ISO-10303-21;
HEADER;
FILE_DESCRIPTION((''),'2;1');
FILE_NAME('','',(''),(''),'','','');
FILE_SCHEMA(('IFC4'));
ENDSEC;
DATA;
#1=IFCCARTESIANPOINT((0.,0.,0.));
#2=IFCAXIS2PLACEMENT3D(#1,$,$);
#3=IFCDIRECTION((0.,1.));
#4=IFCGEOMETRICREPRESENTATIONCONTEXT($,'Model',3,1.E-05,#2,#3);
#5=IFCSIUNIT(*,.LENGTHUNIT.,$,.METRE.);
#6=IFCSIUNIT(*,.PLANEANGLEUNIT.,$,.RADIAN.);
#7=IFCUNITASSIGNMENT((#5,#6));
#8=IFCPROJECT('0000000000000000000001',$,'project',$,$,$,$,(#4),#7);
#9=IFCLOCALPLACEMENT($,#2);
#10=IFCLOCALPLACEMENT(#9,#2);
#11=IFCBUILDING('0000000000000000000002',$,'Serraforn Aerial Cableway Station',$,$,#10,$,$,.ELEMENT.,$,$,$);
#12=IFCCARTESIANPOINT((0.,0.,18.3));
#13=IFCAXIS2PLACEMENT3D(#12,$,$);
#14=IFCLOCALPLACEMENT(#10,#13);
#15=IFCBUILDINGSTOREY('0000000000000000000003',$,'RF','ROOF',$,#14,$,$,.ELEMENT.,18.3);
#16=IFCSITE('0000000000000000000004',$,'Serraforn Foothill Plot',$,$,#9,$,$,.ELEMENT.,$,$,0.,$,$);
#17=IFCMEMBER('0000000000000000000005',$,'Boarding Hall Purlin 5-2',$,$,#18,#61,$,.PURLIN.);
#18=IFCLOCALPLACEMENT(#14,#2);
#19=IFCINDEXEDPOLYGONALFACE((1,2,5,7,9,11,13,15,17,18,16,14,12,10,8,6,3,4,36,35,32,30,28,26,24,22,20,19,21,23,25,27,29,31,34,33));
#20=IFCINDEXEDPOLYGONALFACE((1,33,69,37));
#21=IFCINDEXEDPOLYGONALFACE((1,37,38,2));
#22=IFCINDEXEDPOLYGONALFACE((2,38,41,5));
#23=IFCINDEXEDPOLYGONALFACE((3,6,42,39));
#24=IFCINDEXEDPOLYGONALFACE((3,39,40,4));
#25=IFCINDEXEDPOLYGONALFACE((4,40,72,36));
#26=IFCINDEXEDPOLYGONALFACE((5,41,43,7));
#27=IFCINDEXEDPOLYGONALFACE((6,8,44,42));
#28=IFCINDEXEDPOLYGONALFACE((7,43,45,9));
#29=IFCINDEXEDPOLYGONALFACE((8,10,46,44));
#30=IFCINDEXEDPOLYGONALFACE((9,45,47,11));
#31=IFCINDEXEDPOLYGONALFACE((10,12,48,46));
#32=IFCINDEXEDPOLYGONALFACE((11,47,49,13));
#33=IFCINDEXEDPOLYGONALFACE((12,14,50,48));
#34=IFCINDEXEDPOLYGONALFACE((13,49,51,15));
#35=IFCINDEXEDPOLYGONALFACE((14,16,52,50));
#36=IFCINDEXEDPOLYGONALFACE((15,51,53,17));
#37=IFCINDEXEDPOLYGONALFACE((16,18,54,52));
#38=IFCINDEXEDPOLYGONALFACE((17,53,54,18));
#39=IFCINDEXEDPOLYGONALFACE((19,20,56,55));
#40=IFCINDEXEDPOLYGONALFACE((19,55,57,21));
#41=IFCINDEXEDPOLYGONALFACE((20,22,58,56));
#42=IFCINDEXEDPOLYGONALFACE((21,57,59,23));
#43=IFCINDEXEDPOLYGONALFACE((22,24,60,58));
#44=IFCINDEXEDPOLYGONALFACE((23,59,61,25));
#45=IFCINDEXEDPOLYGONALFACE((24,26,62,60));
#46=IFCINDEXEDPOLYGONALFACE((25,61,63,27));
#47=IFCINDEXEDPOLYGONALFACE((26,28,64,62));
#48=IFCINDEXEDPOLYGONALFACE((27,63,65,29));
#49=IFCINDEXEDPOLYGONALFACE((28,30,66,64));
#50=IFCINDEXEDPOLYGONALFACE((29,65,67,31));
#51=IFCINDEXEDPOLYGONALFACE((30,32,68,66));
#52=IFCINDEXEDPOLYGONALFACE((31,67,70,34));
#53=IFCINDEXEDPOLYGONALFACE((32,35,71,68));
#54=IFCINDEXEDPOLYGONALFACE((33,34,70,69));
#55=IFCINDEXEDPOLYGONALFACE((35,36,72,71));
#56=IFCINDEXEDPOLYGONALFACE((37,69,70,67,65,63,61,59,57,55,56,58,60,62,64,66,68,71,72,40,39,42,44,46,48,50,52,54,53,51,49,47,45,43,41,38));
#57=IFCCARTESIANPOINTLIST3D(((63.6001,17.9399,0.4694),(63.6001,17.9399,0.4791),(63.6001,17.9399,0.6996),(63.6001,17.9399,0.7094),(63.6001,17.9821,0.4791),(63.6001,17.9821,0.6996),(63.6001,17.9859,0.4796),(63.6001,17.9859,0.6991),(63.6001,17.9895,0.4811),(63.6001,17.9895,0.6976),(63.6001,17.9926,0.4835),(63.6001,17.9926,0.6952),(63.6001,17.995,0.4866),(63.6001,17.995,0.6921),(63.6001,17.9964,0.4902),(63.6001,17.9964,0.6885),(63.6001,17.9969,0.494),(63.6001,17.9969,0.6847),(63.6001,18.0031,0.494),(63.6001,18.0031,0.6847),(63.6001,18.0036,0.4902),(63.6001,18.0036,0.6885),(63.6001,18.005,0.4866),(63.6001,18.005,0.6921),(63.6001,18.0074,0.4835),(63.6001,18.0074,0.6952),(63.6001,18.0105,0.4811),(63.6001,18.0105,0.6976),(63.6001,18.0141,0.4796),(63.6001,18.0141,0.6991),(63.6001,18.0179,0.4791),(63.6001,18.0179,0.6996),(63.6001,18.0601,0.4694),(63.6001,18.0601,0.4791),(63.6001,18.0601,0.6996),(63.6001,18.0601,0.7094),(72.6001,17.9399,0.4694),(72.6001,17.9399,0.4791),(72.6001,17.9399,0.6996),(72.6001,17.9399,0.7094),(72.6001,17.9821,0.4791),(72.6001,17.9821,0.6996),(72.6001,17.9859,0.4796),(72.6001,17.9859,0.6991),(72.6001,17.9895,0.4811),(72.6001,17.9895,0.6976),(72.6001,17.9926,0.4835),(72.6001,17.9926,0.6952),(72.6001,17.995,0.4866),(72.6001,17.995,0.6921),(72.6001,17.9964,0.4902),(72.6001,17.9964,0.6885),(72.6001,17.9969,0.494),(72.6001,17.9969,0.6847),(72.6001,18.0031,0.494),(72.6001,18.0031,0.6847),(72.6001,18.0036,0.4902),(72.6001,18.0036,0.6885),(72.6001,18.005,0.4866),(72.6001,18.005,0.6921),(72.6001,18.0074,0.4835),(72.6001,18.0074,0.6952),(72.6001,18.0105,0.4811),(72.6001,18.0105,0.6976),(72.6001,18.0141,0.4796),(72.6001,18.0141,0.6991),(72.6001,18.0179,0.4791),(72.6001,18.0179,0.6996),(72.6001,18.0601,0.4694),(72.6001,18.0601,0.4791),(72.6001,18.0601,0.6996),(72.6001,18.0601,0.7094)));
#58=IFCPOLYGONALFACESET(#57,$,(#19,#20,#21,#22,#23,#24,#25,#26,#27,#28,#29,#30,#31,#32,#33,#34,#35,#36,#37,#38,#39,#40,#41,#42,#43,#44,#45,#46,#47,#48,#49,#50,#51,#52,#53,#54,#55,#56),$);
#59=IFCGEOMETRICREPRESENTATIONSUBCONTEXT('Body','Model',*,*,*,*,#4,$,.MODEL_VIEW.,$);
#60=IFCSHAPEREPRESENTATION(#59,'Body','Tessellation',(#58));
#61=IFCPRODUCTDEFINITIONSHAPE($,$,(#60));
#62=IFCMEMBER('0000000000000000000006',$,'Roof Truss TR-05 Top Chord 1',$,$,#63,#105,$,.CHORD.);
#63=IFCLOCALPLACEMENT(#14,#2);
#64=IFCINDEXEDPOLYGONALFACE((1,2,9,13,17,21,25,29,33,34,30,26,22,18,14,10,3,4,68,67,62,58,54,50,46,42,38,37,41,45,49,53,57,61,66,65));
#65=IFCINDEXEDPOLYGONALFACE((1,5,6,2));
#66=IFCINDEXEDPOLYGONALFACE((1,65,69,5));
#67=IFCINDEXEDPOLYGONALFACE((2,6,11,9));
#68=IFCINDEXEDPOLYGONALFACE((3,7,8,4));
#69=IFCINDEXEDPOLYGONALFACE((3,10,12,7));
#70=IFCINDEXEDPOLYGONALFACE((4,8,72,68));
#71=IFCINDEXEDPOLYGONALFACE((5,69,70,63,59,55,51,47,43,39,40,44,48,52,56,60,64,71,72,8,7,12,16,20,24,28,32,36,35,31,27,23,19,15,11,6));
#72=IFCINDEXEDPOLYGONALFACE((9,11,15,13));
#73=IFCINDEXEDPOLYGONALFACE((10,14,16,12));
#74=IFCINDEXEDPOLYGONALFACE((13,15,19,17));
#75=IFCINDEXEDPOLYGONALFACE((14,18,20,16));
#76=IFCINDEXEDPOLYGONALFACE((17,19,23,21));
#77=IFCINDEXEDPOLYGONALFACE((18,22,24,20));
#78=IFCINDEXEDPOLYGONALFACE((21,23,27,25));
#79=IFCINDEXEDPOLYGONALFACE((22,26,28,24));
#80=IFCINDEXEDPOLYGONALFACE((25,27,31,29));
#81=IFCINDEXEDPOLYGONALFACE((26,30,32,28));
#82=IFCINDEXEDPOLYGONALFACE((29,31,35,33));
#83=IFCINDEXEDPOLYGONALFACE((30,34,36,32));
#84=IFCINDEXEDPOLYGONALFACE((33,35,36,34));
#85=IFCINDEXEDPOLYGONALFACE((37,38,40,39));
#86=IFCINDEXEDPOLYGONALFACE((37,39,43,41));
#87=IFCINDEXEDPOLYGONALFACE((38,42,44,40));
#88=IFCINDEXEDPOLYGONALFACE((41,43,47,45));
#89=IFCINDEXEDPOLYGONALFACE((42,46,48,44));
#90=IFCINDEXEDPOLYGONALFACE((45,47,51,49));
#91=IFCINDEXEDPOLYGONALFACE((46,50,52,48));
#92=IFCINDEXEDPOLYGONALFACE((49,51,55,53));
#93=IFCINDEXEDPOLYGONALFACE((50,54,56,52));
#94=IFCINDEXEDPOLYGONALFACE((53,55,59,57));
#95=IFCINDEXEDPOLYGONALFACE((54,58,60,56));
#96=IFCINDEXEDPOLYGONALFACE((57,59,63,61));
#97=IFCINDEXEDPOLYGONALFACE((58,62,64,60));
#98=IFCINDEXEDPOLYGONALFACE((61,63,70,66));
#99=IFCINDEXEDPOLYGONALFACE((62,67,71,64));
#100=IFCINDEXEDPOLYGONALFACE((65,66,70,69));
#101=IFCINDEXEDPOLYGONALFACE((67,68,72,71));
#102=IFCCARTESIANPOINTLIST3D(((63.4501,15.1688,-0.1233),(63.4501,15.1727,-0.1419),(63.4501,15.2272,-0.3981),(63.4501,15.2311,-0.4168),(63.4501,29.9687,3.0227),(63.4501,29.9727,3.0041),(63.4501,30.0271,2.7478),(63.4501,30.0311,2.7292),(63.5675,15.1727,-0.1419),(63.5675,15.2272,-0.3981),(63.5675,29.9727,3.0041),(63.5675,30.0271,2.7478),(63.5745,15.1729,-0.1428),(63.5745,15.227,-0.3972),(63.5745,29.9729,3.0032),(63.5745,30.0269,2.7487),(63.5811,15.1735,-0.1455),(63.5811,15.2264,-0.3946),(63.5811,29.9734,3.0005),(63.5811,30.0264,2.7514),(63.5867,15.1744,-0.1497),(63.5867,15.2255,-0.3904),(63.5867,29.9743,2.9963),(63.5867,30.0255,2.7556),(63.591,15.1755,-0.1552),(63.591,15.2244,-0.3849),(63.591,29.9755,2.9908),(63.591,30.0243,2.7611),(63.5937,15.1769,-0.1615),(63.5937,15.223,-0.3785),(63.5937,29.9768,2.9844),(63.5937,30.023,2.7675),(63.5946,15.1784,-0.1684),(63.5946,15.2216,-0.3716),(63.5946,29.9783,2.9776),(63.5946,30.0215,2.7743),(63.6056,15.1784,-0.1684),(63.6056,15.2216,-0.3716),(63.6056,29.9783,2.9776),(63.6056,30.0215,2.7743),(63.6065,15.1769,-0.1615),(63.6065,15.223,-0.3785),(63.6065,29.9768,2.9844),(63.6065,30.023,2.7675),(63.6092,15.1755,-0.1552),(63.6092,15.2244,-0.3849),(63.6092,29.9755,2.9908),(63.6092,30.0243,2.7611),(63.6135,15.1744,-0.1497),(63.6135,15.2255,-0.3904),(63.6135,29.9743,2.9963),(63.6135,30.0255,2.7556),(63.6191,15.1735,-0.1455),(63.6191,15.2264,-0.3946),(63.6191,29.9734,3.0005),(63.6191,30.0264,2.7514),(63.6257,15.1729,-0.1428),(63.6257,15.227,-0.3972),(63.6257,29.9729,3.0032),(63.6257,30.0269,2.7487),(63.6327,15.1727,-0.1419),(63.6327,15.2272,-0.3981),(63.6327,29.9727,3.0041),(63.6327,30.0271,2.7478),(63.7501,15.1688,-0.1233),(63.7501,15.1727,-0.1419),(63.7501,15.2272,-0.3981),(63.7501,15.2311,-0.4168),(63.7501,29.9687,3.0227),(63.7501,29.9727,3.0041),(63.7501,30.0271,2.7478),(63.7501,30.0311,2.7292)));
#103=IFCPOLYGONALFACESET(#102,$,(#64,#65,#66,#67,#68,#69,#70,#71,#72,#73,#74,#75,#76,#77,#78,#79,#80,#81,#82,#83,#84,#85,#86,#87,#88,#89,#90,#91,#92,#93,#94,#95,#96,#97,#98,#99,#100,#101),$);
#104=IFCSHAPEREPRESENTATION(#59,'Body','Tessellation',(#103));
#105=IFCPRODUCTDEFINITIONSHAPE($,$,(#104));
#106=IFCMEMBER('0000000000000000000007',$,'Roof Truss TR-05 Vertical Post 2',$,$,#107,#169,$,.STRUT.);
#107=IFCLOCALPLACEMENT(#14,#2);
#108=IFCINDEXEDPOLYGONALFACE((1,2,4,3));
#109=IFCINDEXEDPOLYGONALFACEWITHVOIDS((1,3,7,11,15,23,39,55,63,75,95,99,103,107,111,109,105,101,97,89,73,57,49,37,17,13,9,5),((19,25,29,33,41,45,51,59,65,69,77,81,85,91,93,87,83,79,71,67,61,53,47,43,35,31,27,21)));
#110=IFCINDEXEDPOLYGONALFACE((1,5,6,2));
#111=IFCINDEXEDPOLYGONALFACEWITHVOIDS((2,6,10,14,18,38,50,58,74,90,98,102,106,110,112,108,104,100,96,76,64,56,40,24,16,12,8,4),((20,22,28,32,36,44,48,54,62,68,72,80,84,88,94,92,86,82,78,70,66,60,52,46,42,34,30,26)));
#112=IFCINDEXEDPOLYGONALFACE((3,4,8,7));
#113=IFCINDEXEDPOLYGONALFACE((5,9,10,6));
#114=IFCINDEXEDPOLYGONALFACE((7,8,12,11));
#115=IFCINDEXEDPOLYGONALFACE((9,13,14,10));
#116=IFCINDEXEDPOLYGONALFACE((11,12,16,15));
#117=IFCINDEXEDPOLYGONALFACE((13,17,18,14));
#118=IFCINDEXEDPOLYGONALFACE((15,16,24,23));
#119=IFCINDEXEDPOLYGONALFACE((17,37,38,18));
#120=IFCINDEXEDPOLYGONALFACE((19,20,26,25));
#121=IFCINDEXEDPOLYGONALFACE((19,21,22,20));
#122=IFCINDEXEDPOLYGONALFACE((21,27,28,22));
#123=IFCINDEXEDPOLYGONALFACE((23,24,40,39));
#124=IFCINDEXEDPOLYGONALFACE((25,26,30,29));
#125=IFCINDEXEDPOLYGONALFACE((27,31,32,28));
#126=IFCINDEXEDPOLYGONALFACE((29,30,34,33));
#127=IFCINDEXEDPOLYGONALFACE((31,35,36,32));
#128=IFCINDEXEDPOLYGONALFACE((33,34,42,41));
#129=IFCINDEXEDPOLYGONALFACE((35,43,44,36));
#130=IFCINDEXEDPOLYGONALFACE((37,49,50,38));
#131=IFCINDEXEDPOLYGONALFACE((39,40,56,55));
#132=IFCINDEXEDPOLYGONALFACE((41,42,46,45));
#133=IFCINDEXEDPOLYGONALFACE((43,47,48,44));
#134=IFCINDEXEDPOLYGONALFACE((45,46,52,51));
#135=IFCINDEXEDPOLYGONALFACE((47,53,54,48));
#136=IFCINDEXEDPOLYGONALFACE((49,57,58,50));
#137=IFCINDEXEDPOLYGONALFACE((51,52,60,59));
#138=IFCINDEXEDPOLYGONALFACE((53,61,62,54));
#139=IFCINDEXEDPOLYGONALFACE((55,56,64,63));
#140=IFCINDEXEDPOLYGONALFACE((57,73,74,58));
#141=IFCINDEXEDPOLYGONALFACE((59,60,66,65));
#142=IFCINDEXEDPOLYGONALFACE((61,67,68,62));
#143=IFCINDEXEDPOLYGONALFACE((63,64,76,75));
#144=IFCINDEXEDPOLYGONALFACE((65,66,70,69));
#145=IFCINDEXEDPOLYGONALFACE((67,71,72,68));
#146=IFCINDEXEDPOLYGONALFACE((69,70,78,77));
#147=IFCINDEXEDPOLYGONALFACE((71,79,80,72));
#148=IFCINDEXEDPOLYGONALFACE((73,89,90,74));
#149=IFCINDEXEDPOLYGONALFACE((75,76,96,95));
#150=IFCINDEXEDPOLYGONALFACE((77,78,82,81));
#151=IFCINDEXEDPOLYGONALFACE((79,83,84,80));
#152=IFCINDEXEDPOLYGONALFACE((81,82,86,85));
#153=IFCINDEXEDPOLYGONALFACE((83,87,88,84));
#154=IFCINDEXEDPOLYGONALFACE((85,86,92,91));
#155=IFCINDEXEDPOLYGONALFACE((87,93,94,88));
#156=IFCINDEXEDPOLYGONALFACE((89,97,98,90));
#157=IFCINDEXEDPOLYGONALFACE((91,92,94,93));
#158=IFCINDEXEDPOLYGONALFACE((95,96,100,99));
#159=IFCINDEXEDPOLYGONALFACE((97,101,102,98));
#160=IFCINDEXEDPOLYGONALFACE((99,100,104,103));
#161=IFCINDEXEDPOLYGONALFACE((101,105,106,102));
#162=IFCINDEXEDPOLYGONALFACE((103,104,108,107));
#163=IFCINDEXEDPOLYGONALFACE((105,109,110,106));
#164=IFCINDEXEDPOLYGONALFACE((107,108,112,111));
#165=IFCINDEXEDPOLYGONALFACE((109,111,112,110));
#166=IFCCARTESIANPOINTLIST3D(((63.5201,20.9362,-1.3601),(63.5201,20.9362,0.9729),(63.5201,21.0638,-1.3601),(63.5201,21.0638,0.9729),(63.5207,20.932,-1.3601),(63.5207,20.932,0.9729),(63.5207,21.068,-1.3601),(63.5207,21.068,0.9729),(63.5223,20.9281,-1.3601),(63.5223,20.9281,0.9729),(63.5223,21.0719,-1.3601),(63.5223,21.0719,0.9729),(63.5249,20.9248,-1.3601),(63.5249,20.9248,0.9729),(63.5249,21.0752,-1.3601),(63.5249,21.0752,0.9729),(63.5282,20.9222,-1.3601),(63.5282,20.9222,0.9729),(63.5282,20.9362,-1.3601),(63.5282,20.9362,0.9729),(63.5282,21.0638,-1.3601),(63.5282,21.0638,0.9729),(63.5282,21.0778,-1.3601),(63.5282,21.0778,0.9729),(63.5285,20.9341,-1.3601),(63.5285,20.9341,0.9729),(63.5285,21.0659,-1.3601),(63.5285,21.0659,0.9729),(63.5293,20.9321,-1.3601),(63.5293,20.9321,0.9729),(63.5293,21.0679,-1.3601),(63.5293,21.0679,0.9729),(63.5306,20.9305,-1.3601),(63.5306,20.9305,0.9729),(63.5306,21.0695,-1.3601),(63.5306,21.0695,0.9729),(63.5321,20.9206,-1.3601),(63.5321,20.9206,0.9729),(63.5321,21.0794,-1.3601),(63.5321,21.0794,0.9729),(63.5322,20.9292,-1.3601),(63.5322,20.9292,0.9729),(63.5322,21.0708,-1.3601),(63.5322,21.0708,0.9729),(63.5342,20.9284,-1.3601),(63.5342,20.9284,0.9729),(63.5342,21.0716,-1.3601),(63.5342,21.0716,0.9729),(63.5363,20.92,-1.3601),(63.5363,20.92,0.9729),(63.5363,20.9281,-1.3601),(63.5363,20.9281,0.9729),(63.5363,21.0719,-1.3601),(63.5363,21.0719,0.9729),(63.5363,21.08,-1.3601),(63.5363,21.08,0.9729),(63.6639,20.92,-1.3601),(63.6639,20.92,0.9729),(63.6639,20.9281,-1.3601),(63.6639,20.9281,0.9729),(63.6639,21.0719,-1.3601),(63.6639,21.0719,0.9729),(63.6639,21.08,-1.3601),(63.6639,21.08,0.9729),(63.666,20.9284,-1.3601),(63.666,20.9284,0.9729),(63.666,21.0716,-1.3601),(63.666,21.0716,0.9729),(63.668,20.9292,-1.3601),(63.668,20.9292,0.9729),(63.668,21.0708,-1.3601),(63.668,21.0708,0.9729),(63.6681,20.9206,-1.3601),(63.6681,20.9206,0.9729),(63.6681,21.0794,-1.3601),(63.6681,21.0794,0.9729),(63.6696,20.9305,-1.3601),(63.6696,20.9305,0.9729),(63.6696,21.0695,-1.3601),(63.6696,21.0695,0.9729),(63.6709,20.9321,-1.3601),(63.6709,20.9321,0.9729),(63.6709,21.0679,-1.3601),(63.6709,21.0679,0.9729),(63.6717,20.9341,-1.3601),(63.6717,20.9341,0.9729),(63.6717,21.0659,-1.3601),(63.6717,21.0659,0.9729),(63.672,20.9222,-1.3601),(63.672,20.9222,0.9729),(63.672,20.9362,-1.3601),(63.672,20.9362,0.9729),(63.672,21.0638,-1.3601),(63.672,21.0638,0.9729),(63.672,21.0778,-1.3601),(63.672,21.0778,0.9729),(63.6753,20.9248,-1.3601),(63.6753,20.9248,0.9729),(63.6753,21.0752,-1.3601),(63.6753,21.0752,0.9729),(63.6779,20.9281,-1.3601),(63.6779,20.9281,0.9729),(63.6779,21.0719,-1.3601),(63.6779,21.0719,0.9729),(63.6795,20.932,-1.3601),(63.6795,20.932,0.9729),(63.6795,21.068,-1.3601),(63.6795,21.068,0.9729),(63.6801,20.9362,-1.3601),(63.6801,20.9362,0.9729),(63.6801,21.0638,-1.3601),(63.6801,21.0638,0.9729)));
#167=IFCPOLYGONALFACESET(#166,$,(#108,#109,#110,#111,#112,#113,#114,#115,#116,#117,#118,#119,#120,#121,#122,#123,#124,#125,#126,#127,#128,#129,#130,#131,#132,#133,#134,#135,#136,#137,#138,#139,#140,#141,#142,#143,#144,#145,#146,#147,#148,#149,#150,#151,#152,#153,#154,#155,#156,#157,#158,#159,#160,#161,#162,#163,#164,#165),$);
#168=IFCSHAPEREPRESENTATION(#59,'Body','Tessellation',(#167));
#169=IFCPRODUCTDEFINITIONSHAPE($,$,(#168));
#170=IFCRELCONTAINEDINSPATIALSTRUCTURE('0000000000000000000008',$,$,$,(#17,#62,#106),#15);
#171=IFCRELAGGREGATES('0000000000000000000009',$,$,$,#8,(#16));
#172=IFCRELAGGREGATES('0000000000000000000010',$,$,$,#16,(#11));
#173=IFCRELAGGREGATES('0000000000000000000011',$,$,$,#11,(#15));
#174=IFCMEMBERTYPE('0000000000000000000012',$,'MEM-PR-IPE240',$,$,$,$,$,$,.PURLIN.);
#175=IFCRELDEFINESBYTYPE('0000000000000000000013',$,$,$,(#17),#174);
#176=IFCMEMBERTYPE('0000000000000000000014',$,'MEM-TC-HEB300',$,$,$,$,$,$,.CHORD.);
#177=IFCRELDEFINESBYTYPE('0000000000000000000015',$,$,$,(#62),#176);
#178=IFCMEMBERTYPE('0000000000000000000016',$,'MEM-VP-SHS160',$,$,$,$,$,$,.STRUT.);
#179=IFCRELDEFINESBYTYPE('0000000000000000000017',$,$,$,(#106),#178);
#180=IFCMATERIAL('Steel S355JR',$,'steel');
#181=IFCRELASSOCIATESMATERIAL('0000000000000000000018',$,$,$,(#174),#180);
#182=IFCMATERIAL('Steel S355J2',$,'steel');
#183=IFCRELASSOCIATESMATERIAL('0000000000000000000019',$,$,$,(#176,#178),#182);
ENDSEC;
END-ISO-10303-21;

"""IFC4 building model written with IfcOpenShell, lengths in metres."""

from ifc_helpers import new_model, si_unit, direction, frame, origin, origin_2d, place, context, subcontext, project, spatial, hollow_rectangle, i_section, extrude, material, material_profile, profile_set, type_object, element, save


model = new_model("IFC4")

# Units and contexts
model_context = context("Model", 3, precision=1e-05, world=origin(), true_north=direction((0.0, 1.0)))
body_context = subcontext(model_context, "Body", "Model", "MODEL_VIEW")
ifc_project = project(units=[si_unit("LENGTHUNIT", "METRE"), si_unit("PLANEANGLEUNIT", "RADIAN")], contexts=[model_context])

# Site, building, storey
site_placement = place(None, origin())
site = spatial("IfcSite", under=ifc_project, at=site_placement, Name="Serraforn Foothill Plot", CompositionType="ELEMENT", RefElevation=0.0)
building_placement = place(site_placement, origin())
building = spatial("IfcBuilding", under=site, at=building_placement, Name="Serraforn Aerial Cableway Station", CompositionType="ELEMENT")
storey_placement = place(building_placement, frame((0.0, 0.0, 18.3)))
storey = spatial("IfcBuildingStorey", under=building, at=storey_placement, Name="RF", Description="ROOF", CompositionType="ELEMENT", Elevation=18.3)

# Shared definitions
ifc_material_1 = material(Name="Steel S355J2", Category="steel")

# Members
ifc_material_2 = material(Name="Steel S355JR", Category="steel")
ifc_material_profile_1 = material_profile(ifc_material_2, i_section(OverallWidth=0.1201, OverallDepth=0.24, WebThickness=0.0061, FlangeThickness=0.0098, FilletRadius=0.0149, at=origin_2d()), Name="IPE 240")
ifc_profile_set_1 = profile_set([ifc_material_profile_1], Name="Steel S355JR")
member_type_1 = type_object("IfcMemberType", Name="MEM-PR-IPE240", PredefinedType="PURLIN", material=ifc_profile_set_1)
member_1_placement = place(storey_placement, frame((63.6001, 18.0, 0.5894), z_axis=(1.0, 0.0, 0.0), x_axis=(0.0, 1.0, 0.0)))
element("IfcMember", 1, at=member_1_placement, inside=storey, type_object=member_type_1, Name="Boarding Hall Purlin 5-2", PredefinedType="PURLIN", context=body_context, shape_type="SweptSolid", body=[
    extrude(i_section(OverallWidth=0.1201, OverallDepth=0.24, WebThickness=0.0061, FlangeThickness=0.0098, FilletRadius=0.0149, at=origin_2d()), origin(), (0.0, 0.0, 1.0), 9.0),
])
ifc_material_profile_2 = material_profile(ifc_material_1, i_section(OverallWidth=0.3, OverallDepth=0.3, WebThickness=0.011, FlangeThickness=0.019, FilletRadius=0.0271, at=origin_2d()), Name="HEB 300")
ifc_profile_set_2 = profile_set([ifc_material_profile_2], Name="Steel S355J2")
member_type_2 = type_object("IfcMemberType", Name="MEM-TC-HEB300", PredefinedType="CHORD", material=ifc_profile_set_2)
member_2_placement = place(storey_placement, frame((63.6001, 15.2, -0.27), z_axis=(0.0, 0.978146, 0.207921), x_axis=(-1.0, 0.0, 0.0)))
element("IfcMember", 2, at=member_2_placement, inside=storey, type_object=member_type_2, Name="Roof Truss TR-05 Top Chord 1", PredefinedType="CHORD", context=body_context, shape_type="SweptSolid", body=[
    extrude(i_section(OverallWidth=0.3, OverallDepth=0.3, WebThickness=0.011, FlangeThickness=0.019, FilletRadius=0.0271, at=origin_2d()), origin(), (0.0, 0.0, 1.0), 15.1306),
])
ifc_material_profile_3 = material_profile(ifc_material_1, hollow_rectangle(XDim=0.1599, YDim=0.1599, WallThickness=0.0081, InnerFilletRadius=0.0081, OuterFilletRadius=0.0161, at=origin_2d()), Name="SHS 160x160x8.0")
ifc_profile_set_3 = profile_set([ifc_material_profile_3], Name="Steel S355J2")
member_type_3 = type_object("IfcMemberType", Name="MEM-VP-SHS160", PredefinedType="STRUT", material=ifc_profile_set_3)
member_3_placement = place(storey_placement, frame((63.6001, 21.0, -1.3601), z_axis=(0.0, 0.0, 1.0), x_axis=(1.0, 0.0, 0.0)))
element("IfcMember", 3, at=member_3_placement, inside=storey, type_object=member_type_3, Name="Roof Truss TR-05 Vertical Post 2", PredefinedType="STRUT", context=body_context, shape_type="SweptSolid", body=[
    extrude(hollow_rectangle(XDim=0.1599, YDim=0.1599, WallThickness=0.0081, InnerFilletRadius=0.0081, OuterFilletRadius=0.0161, at=origin_2d()), origin(), (0.0, 0.0, 1.0), 2.333),
])

save(model, "model.ifc")
